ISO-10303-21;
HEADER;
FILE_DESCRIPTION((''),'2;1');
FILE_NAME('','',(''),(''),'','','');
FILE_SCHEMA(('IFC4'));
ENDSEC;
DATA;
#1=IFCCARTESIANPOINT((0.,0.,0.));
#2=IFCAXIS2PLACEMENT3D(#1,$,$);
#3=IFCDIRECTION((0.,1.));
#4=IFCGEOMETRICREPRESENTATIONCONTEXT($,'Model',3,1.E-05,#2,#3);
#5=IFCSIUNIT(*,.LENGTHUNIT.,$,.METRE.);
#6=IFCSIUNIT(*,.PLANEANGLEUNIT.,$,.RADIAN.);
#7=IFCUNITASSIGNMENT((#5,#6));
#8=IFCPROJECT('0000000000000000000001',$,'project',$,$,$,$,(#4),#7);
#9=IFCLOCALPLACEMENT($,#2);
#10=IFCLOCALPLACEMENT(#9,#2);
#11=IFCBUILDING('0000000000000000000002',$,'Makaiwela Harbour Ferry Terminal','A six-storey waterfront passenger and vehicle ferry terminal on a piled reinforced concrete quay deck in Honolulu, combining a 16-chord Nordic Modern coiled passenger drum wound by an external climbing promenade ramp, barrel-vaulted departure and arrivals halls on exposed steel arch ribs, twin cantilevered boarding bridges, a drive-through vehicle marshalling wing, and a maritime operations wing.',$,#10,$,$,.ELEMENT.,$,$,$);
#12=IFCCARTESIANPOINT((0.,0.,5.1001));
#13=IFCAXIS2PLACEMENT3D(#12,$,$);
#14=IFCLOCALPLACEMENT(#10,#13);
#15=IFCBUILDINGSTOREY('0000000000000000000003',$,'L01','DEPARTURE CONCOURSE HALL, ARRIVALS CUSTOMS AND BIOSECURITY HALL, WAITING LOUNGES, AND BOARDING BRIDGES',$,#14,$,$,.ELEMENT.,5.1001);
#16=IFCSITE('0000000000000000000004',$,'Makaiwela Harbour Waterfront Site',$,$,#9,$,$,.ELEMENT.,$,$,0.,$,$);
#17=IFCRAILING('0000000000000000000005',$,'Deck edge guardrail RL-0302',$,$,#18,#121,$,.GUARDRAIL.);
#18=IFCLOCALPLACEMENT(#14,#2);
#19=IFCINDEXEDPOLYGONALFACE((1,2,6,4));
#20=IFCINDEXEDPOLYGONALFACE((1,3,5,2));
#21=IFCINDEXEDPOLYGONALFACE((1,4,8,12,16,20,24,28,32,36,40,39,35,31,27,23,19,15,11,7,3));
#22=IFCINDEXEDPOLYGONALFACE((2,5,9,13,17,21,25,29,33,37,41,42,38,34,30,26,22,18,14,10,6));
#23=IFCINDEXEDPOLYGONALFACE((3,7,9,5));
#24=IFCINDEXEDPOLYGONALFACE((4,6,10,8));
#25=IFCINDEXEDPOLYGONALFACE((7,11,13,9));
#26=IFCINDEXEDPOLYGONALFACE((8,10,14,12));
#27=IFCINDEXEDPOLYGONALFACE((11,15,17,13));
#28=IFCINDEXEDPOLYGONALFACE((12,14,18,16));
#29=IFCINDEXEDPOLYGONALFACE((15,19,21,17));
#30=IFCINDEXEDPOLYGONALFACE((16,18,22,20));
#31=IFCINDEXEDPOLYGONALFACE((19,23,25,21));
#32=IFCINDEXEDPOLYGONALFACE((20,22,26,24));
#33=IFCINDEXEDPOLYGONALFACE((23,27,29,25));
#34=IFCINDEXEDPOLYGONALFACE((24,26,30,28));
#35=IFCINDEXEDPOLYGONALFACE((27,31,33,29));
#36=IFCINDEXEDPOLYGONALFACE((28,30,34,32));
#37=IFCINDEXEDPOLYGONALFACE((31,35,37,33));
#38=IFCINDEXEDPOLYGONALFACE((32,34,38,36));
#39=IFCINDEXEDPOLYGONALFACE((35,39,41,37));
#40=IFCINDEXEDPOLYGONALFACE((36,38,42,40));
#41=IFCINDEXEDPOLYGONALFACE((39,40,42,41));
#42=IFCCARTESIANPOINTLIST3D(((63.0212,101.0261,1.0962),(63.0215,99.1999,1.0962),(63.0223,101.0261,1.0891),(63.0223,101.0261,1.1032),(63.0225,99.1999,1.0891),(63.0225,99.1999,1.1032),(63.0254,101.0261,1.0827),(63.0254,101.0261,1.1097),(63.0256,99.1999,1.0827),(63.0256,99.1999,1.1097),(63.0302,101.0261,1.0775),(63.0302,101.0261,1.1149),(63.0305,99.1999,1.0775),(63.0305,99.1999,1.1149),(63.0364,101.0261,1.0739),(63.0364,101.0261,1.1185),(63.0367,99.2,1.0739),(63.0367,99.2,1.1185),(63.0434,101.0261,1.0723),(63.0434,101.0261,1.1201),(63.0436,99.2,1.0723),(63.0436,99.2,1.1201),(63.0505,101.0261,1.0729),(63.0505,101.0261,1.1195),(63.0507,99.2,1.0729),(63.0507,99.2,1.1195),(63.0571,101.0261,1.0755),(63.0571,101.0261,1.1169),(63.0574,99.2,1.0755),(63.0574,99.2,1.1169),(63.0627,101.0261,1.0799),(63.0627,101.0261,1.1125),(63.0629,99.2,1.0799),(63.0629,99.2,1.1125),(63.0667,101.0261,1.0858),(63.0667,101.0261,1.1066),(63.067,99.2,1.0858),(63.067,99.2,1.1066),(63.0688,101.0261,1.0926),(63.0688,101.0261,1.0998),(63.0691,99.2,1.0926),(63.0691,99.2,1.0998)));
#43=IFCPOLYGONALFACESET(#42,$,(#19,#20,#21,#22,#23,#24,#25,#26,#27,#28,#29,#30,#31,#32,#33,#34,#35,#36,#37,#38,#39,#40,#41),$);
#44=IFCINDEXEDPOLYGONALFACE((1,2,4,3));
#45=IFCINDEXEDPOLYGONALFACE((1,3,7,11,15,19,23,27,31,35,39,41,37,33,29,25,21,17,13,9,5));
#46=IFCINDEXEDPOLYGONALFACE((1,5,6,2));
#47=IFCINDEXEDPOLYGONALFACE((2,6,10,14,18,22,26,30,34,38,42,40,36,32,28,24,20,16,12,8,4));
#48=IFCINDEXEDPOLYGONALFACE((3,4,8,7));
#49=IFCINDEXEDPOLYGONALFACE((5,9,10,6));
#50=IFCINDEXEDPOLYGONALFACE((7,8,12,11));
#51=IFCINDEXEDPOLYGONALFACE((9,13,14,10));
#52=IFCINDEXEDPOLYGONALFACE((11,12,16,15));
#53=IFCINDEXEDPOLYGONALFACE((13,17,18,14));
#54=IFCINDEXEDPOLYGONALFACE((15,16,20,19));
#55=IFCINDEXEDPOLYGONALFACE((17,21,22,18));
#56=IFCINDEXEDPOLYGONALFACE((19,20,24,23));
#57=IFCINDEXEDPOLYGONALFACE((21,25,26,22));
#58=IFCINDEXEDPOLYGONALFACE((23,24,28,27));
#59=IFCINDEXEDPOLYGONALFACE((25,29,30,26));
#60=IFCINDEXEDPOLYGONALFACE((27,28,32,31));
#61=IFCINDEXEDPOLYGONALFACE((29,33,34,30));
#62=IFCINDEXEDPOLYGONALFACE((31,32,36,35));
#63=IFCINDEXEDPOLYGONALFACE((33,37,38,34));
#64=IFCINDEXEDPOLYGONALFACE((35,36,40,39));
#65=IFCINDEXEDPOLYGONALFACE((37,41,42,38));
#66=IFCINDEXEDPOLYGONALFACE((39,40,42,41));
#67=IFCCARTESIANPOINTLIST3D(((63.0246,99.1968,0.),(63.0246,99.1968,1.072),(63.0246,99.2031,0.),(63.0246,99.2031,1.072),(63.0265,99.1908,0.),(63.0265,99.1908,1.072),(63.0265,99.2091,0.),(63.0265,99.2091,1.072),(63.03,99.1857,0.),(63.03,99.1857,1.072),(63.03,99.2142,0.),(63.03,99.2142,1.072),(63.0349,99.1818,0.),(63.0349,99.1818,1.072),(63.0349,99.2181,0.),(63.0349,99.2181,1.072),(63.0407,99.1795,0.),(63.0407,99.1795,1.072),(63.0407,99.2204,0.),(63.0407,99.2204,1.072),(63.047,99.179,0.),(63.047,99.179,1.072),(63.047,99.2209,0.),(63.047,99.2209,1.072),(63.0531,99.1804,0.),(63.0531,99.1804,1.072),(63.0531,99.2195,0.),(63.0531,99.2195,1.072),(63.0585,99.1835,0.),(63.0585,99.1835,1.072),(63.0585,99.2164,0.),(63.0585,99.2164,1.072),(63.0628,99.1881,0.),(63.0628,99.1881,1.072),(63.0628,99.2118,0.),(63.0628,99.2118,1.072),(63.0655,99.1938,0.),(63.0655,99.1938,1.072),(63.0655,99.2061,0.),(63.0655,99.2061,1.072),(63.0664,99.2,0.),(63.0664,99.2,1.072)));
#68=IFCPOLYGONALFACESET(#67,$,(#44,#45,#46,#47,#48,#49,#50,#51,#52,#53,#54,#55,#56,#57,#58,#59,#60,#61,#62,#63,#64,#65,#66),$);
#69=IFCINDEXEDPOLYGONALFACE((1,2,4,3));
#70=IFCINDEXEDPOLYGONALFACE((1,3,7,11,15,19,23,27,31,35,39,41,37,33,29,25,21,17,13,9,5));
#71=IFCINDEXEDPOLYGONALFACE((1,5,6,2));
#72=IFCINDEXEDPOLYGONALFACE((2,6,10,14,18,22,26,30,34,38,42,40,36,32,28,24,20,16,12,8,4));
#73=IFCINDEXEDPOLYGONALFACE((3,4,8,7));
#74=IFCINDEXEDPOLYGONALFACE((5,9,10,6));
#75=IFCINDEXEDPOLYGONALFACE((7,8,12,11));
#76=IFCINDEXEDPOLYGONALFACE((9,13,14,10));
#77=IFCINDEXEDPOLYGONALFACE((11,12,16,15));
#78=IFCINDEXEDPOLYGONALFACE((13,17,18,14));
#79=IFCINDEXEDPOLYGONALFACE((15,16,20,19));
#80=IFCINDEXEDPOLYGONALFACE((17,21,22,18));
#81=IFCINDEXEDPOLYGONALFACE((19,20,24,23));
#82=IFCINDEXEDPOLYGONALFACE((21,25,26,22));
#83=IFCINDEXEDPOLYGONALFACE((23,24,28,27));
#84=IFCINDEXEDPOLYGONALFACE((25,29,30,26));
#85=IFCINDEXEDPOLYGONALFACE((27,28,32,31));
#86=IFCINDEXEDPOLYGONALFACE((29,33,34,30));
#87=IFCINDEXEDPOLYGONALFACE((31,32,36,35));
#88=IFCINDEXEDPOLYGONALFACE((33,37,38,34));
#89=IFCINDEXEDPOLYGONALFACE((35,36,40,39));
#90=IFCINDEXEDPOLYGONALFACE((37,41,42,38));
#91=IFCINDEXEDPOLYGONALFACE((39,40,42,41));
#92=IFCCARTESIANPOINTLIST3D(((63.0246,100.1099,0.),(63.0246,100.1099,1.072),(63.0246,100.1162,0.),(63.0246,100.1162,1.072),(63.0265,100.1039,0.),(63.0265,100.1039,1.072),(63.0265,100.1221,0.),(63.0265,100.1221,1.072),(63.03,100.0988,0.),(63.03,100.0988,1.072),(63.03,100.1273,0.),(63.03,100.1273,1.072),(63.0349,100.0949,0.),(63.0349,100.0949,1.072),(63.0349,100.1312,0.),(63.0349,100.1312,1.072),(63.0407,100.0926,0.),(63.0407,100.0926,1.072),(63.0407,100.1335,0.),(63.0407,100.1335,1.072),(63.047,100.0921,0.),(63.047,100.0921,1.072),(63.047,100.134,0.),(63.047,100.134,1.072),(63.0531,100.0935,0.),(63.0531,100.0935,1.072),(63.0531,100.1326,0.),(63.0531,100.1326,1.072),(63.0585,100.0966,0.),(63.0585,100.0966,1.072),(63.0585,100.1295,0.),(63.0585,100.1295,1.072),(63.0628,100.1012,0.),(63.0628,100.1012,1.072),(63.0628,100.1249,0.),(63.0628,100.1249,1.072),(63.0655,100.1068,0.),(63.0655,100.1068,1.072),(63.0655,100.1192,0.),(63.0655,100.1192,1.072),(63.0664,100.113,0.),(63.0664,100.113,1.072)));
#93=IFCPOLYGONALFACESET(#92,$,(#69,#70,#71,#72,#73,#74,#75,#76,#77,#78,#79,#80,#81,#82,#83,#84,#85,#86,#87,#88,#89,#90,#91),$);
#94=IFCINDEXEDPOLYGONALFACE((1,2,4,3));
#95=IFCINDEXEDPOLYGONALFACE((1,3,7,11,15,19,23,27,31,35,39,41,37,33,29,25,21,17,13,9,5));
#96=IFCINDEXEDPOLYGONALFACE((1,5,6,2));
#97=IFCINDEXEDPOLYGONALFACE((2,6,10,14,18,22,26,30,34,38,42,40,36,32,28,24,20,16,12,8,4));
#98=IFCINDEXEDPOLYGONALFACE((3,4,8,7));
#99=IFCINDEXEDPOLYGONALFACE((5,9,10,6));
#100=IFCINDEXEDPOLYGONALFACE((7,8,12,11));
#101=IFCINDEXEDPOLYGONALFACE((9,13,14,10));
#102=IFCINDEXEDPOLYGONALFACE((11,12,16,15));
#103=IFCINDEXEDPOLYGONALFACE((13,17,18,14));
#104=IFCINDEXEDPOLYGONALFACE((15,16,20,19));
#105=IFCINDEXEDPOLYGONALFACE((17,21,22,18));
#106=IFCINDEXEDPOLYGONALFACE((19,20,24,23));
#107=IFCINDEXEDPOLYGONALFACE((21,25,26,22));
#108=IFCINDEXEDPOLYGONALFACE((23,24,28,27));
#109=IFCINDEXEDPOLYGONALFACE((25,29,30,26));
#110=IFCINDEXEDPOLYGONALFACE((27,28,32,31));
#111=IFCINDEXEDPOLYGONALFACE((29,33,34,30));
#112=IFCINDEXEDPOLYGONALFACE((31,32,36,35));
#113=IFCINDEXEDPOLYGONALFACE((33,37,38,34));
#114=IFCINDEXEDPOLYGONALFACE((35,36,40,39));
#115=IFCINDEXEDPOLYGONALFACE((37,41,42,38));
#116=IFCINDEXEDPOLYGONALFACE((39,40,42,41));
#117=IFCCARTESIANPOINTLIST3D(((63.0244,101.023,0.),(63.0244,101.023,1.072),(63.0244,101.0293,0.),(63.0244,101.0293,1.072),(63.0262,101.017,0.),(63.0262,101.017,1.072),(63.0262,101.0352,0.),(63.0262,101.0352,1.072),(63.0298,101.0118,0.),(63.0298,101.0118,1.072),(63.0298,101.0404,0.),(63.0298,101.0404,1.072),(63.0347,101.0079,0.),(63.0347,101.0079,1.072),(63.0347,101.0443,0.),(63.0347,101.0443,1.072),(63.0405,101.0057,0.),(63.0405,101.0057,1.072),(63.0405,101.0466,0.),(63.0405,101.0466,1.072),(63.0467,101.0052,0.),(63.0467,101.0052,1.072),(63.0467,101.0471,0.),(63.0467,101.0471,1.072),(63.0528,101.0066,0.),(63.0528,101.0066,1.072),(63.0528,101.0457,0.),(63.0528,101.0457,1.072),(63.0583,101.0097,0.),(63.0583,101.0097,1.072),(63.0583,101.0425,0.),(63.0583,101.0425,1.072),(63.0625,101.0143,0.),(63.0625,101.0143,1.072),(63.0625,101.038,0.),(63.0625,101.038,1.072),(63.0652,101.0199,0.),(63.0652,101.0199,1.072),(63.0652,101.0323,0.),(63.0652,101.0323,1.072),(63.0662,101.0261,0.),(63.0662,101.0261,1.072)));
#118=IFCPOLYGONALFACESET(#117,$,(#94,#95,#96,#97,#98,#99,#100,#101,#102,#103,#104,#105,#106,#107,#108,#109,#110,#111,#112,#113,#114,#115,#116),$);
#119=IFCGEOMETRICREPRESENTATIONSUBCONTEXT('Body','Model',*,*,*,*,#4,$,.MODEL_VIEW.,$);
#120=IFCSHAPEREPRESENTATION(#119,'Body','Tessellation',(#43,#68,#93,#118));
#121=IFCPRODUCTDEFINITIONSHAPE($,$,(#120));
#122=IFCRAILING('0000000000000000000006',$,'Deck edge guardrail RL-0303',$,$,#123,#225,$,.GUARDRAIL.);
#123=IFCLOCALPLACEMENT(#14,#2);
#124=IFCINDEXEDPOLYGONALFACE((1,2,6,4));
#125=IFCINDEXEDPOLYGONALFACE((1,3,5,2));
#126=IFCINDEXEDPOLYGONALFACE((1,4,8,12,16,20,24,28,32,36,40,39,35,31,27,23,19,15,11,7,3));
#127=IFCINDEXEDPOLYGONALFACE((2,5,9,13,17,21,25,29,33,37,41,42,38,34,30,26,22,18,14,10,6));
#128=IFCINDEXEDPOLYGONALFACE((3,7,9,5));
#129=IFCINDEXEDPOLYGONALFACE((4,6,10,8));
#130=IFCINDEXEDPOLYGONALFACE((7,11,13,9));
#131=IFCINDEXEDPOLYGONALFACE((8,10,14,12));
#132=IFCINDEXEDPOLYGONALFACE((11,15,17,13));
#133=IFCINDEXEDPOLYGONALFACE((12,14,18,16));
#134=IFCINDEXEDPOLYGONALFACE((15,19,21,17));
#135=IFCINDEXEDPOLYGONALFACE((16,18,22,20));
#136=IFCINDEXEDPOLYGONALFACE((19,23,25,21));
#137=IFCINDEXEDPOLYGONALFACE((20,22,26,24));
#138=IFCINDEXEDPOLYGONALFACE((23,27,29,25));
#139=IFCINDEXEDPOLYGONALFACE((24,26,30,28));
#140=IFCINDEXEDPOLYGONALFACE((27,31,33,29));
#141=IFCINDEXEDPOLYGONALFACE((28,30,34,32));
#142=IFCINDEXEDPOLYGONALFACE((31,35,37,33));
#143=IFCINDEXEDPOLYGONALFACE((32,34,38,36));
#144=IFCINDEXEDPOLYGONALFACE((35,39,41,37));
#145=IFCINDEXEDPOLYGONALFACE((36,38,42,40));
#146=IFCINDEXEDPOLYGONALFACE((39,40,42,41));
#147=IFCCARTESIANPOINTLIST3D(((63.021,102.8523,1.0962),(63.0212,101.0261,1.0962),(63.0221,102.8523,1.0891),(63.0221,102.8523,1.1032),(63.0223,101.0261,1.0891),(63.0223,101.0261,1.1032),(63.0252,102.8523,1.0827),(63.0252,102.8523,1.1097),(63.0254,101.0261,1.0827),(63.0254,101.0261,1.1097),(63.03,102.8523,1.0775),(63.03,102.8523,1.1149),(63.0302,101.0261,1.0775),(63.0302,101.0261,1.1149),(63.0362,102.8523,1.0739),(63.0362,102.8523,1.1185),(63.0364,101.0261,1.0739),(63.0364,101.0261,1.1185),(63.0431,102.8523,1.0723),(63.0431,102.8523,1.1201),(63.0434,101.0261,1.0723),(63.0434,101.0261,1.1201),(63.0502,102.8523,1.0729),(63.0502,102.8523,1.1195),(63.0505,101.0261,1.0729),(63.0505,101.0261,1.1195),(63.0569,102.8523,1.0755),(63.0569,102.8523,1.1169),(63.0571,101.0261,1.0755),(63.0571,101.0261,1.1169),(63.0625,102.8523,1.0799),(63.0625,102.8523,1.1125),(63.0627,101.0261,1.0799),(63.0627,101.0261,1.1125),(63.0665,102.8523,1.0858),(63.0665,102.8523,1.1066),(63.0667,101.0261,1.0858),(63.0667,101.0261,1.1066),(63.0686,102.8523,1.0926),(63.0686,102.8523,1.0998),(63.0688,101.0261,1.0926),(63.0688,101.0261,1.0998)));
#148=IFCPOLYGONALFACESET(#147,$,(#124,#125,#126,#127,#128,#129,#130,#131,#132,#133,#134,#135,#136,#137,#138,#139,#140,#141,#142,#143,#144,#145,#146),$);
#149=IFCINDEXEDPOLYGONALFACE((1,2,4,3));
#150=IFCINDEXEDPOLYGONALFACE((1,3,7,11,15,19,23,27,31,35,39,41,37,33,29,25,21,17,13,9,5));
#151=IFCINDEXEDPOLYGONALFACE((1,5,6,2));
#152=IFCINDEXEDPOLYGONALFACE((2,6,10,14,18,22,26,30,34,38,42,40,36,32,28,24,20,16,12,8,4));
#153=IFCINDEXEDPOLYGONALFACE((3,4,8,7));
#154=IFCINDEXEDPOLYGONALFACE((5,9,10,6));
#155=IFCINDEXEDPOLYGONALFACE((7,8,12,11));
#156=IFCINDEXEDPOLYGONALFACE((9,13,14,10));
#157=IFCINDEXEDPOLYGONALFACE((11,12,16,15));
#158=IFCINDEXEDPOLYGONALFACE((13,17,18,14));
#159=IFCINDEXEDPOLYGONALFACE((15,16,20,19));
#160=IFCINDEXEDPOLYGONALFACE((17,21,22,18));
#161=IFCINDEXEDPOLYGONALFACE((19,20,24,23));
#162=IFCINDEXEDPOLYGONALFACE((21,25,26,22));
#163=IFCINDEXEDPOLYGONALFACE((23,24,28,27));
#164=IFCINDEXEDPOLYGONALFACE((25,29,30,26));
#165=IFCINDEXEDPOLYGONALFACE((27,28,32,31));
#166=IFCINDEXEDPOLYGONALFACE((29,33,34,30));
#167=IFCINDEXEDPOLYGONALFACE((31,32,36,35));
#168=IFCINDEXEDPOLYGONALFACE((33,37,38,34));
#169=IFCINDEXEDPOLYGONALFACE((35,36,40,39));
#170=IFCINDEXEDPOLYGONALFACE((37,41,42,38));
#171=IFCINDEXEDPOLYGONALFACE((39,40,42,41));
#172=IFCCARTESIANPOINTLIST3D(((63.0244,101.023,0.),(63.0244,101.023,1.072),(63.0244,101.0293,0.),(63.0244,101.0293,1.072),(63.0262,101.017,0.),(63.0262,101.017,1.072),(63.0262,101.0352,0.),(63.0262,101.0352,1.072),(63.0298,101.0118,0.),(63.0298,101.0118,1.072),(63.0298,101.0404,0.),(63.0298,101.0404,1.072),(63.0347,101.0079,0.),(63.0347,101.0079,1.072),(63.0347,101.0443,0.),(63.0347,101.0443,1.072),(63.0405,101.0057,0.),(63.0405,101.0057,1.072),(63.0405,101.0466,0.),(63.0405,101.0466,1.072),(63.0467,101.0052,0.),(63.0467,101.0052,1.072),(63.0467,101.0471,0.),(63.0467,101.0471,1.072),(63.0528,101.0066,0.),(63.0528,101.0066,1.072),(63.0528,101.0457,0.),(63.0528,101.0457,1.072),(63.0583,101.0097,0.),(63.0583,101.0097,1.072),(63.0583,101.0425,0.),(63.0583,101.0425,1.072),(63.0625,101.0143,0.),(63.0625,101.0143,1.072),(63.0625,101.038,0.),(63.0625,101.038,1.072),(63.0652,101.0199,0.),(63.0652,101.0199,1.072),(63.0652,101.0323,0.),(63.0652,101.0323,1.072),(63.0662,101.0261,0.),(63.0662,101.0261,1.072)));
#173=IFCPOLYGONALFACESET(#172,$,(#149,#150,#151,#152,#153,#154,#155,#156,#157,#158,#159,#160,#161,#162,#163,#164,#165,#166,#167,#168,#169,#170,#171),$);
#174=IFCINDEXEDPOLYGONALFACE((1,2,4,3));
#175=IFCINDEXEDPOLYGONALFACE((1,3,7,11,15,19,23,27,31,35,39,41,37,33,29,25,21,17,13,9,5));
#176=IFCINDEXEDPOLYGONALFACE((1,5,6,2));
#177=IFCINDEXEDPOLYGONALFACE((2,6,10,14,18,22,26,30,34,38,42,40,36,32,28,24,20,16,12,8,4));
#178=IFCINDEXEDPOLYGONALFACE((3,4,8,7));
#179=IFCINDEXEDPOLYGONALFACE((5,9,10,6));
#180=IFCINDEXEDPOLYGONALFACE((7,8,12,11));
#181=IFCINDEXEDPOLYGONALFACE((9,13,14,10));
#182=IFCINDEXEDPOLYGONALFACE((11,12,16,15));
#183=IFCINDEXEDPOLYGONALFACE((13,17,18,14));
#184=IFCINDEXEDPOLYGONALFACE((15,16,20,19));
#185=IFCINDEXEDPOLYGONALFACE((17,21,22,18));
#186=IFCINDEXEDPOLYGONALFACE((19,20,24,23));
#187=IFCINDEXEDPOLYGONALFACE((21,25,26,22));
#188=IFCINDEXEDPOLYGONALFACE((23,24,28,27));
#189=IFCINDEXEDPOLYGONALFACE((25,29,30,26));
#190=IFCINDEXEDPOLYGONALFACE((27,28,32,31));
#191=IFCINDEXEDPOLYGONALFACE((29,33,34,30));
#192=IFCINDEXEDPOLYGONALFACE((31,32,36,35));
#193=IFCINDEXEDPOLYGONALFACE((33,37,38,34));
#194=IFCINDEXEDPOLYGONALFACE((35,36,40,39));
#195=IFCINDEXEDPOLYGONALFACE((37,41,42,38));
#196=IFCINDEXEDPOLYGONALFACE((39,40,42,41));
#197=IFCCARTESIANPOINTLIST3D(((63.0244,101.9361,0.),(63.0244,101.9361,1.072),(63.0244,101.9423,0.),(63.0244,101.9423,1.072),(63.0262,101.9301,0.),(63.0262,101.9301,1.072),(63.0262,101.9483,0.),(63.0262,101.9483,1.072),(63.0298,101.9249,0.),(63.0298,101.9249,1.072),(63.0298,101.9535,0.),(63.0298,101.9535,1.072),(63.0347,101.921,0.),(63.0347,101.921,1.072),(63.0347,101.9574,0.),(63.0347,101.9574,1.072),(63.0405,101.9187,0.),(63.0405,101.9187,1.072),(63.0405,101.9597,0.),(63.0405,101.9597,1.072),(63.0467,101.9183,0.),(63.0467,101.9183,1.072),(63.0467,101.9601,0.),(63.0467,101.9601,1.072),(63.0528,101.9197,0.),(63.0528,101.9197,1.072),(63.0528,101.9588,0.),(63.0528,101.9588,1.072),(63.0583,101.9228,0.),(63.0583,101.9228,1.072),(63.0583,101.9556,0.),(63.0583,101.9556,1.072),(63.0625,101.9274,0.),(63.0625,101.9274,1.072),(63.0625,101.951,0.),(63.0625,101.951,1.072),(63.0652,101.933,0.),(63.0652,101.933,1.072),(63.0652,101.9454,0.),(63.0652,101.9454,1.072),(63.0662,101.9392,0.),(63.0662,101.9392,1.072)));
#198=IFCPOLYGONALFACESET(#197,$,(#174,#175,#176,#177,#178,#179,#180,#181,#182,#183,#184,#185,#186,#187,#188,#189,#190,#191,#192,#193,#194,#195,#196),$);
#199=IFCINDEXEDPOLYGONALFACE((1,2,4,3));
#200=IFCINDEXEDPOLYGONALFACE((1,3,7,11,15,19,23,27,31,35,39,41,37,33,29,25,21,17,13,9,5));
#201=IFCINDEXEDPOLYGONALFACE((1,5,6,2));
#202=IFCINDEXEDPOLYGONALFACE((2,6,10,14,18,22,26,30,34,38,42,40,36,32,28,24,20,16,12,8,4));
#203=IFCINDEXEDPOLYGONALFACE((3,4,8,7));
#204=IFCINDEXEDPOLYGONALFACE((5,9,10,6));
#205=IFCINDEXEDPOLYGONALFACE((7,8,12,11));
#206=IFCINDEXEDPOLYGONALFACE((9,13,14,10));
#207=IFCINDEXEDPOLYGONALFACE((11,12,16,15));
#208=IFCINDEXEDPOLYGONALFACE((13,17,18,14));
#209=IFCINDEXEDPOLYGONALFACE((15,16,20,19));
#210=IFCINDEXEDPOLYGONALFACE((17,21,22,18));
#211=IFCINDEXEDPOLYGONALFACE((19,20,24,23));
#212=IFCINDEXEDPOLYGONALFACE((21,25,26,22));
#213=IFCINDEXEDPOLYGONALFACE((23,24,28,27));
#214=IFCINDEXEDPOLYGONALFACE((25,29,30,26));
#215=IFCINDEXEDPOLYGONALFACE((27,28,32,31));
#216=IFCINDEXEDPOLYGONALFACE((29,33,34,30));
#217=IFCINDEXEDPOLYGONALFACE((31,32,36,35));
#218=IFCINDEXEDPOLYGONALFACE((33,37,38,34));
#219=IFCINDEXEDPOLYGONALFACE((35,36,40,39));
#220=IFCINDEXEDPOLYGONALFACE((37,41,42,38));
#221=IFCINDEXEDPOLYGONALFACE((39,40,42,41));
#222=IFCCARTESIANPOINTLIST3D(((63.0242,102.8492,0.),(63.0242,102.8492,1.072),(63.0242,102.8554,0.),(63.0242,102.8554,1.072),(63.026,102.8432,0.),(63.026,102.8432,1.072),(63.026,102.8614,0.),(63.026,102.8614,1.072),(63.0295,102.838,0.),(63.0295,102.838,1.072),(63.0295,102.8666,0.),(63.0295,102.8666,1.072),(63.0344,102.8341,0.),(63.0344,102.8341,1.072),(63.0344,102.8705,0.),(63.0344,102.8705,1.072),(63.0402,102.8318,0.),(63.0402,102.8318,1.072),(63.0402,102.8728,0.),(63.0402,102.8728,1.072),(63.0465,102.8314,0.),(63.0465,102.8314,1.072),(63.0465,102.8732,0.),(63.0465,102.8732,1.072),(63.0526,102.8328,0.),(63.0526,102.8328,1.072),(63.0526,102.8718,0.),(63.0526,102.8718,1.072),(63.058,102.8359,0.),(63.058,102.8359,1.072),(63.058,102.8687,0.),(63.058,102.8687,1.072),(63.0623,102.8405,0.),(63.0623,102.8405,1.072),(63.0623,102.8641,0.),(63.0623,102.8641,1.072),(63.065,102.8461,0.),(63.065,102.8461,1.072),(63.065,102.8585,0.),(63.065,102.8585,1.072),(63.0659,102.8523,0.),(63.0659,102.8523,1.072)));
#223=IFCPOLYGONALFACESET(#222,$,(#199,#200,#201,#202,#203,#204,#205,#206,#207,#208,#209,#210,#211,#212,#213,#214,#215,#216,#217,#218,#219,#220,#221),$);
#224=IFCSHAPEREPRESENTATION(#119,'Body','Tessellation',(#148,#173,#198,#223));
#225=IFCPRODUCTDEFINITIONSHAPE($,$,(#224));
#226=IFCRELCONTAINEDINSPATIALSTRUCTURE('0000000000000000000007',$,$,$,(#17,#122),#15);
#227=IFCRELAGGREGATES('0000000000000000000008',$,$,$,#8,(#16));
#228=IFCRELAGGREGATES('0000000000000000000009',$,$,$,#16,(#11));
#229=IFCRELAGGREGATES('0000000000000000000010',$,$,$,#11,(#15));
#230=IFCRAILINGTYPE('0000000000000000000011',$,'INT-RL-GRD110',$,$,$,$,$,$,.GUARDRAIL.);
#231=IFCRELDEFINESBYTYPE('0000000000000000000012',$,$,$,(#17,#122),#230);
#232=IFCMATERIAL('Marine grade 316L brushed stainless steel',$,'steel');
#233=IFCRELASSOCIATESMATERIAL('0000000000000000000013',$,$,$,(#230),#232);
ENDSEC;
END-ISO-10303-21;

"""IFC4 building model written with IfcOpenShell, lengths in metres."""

from ifc_helpers import new_model, si_unit, direction, frame, origin, origin_2d, place, context, subcontext, project, spatial, circle, extrude, material, type_object, element, save


model = new_model("IFC4")

# Units and contexts
model_context = context("Model", 3, precision=1e-05, world=origin(), true_north=direction((0.0, 1.0)))
body_context = subcontext(model_context, "Body", "Model", "MODEL_VIEW")
ifc_project = project(units=[si_unit("LENGTHUNIT", "METRE"), si_unit("PLANEANGLEUNIT", "RADIAN")], contexts=[model_context])

# Site, building, storey
site_placement = place(None, origin())
site = spatial("IfcSite", under=ifc_project, at=site_placement, Name="Makaiwela Harbour Waterfront Site", CompositionType="ELEMENT", RefElevation=0.0)
building_placement = place(site_placement, origin())
building = spatial("IfcBuilding", under=site, at=building_placement, Name="Makaiwela Harbour Ferry Terminal", Description="A six-storey waterfront passenger and vehicle ferry terminal on a piled reinforced concrete quay deck in Honolulu, combining a 16-chord Nordic Modern coiled passenger drum wound by an external climbing promenade ramp, barrel-vaulted departure and arrivals halls on exposed steel arch ribs, twin cantilevered boarding bridges, a drive-through vehicle marshalling wing, and a maritime operations wing.", CompositionType="ELEMENT")
storey_placement = place(building_placement, frame((0.0, 0.0, 5.1001)))
storey = spatial("IfcBuildingStorey", under=building, at=storey_placement, Name="L01", Description="DEPARTURE CONCOURSE HALL, ARRIVALS CUSTOMS AND BIOSECURITY HALL, WAITING LOUNGES, AND BOARDING BRIDGES", CompositionType="ELEMENT", Elevation=5.1001)

# Railings
ifc_material_1 = material(Name="Marine grade 316L brushed stainless steel", Category="steel")
railing_type = type_object("IfcRailingType", Name="INT-RL-GRD110", PredefinedType="GUARDRAIL", material=ifc_material_1)
for number, where, name in (
    (1, (63.0454, 99.2, 0.0), "Deck edge guardrail RL-0302"),
    (2, (63.0452, 101.0261, 0.0), "Deck edge guardrail RL-0303"),
):
    element("IfcRailing", number, at=place(storey_placement, frame(where)), inside=storey, type_object=railing_type, Name=name, PredefinedType="GUARDRAIL", context=body_context, shape_type="SweptSolid", body=[
        extrude(circle(Radius=0.0239, at=origin_2d()), frame((0.0, 0.0, 1.0962), z_axis=(-0.000134, 1.0, 0.0), x_axis=(-1.0, -0.000134, 0.0)), (0.0, 0.0, 1.0), 1.8262),
        extrude(circle(Radius=0.021, at=origin_2d()), origin(), (0.0, 0.0, 1.0), 1.072),
        extrude(circle(Radius=0.021, at=origin_2d()), frame((0.0, 0.9131, 0.0)), (0.0, 0.0, 1.0), 1.072),
        extrude(circle(Radius=0.021, at=origin_2d()), frame((-0.0002, 1.8262, 0.0)), (0.0, 0.0, 1.0), 1.072),
    ])

save(model, "model.ifc")
